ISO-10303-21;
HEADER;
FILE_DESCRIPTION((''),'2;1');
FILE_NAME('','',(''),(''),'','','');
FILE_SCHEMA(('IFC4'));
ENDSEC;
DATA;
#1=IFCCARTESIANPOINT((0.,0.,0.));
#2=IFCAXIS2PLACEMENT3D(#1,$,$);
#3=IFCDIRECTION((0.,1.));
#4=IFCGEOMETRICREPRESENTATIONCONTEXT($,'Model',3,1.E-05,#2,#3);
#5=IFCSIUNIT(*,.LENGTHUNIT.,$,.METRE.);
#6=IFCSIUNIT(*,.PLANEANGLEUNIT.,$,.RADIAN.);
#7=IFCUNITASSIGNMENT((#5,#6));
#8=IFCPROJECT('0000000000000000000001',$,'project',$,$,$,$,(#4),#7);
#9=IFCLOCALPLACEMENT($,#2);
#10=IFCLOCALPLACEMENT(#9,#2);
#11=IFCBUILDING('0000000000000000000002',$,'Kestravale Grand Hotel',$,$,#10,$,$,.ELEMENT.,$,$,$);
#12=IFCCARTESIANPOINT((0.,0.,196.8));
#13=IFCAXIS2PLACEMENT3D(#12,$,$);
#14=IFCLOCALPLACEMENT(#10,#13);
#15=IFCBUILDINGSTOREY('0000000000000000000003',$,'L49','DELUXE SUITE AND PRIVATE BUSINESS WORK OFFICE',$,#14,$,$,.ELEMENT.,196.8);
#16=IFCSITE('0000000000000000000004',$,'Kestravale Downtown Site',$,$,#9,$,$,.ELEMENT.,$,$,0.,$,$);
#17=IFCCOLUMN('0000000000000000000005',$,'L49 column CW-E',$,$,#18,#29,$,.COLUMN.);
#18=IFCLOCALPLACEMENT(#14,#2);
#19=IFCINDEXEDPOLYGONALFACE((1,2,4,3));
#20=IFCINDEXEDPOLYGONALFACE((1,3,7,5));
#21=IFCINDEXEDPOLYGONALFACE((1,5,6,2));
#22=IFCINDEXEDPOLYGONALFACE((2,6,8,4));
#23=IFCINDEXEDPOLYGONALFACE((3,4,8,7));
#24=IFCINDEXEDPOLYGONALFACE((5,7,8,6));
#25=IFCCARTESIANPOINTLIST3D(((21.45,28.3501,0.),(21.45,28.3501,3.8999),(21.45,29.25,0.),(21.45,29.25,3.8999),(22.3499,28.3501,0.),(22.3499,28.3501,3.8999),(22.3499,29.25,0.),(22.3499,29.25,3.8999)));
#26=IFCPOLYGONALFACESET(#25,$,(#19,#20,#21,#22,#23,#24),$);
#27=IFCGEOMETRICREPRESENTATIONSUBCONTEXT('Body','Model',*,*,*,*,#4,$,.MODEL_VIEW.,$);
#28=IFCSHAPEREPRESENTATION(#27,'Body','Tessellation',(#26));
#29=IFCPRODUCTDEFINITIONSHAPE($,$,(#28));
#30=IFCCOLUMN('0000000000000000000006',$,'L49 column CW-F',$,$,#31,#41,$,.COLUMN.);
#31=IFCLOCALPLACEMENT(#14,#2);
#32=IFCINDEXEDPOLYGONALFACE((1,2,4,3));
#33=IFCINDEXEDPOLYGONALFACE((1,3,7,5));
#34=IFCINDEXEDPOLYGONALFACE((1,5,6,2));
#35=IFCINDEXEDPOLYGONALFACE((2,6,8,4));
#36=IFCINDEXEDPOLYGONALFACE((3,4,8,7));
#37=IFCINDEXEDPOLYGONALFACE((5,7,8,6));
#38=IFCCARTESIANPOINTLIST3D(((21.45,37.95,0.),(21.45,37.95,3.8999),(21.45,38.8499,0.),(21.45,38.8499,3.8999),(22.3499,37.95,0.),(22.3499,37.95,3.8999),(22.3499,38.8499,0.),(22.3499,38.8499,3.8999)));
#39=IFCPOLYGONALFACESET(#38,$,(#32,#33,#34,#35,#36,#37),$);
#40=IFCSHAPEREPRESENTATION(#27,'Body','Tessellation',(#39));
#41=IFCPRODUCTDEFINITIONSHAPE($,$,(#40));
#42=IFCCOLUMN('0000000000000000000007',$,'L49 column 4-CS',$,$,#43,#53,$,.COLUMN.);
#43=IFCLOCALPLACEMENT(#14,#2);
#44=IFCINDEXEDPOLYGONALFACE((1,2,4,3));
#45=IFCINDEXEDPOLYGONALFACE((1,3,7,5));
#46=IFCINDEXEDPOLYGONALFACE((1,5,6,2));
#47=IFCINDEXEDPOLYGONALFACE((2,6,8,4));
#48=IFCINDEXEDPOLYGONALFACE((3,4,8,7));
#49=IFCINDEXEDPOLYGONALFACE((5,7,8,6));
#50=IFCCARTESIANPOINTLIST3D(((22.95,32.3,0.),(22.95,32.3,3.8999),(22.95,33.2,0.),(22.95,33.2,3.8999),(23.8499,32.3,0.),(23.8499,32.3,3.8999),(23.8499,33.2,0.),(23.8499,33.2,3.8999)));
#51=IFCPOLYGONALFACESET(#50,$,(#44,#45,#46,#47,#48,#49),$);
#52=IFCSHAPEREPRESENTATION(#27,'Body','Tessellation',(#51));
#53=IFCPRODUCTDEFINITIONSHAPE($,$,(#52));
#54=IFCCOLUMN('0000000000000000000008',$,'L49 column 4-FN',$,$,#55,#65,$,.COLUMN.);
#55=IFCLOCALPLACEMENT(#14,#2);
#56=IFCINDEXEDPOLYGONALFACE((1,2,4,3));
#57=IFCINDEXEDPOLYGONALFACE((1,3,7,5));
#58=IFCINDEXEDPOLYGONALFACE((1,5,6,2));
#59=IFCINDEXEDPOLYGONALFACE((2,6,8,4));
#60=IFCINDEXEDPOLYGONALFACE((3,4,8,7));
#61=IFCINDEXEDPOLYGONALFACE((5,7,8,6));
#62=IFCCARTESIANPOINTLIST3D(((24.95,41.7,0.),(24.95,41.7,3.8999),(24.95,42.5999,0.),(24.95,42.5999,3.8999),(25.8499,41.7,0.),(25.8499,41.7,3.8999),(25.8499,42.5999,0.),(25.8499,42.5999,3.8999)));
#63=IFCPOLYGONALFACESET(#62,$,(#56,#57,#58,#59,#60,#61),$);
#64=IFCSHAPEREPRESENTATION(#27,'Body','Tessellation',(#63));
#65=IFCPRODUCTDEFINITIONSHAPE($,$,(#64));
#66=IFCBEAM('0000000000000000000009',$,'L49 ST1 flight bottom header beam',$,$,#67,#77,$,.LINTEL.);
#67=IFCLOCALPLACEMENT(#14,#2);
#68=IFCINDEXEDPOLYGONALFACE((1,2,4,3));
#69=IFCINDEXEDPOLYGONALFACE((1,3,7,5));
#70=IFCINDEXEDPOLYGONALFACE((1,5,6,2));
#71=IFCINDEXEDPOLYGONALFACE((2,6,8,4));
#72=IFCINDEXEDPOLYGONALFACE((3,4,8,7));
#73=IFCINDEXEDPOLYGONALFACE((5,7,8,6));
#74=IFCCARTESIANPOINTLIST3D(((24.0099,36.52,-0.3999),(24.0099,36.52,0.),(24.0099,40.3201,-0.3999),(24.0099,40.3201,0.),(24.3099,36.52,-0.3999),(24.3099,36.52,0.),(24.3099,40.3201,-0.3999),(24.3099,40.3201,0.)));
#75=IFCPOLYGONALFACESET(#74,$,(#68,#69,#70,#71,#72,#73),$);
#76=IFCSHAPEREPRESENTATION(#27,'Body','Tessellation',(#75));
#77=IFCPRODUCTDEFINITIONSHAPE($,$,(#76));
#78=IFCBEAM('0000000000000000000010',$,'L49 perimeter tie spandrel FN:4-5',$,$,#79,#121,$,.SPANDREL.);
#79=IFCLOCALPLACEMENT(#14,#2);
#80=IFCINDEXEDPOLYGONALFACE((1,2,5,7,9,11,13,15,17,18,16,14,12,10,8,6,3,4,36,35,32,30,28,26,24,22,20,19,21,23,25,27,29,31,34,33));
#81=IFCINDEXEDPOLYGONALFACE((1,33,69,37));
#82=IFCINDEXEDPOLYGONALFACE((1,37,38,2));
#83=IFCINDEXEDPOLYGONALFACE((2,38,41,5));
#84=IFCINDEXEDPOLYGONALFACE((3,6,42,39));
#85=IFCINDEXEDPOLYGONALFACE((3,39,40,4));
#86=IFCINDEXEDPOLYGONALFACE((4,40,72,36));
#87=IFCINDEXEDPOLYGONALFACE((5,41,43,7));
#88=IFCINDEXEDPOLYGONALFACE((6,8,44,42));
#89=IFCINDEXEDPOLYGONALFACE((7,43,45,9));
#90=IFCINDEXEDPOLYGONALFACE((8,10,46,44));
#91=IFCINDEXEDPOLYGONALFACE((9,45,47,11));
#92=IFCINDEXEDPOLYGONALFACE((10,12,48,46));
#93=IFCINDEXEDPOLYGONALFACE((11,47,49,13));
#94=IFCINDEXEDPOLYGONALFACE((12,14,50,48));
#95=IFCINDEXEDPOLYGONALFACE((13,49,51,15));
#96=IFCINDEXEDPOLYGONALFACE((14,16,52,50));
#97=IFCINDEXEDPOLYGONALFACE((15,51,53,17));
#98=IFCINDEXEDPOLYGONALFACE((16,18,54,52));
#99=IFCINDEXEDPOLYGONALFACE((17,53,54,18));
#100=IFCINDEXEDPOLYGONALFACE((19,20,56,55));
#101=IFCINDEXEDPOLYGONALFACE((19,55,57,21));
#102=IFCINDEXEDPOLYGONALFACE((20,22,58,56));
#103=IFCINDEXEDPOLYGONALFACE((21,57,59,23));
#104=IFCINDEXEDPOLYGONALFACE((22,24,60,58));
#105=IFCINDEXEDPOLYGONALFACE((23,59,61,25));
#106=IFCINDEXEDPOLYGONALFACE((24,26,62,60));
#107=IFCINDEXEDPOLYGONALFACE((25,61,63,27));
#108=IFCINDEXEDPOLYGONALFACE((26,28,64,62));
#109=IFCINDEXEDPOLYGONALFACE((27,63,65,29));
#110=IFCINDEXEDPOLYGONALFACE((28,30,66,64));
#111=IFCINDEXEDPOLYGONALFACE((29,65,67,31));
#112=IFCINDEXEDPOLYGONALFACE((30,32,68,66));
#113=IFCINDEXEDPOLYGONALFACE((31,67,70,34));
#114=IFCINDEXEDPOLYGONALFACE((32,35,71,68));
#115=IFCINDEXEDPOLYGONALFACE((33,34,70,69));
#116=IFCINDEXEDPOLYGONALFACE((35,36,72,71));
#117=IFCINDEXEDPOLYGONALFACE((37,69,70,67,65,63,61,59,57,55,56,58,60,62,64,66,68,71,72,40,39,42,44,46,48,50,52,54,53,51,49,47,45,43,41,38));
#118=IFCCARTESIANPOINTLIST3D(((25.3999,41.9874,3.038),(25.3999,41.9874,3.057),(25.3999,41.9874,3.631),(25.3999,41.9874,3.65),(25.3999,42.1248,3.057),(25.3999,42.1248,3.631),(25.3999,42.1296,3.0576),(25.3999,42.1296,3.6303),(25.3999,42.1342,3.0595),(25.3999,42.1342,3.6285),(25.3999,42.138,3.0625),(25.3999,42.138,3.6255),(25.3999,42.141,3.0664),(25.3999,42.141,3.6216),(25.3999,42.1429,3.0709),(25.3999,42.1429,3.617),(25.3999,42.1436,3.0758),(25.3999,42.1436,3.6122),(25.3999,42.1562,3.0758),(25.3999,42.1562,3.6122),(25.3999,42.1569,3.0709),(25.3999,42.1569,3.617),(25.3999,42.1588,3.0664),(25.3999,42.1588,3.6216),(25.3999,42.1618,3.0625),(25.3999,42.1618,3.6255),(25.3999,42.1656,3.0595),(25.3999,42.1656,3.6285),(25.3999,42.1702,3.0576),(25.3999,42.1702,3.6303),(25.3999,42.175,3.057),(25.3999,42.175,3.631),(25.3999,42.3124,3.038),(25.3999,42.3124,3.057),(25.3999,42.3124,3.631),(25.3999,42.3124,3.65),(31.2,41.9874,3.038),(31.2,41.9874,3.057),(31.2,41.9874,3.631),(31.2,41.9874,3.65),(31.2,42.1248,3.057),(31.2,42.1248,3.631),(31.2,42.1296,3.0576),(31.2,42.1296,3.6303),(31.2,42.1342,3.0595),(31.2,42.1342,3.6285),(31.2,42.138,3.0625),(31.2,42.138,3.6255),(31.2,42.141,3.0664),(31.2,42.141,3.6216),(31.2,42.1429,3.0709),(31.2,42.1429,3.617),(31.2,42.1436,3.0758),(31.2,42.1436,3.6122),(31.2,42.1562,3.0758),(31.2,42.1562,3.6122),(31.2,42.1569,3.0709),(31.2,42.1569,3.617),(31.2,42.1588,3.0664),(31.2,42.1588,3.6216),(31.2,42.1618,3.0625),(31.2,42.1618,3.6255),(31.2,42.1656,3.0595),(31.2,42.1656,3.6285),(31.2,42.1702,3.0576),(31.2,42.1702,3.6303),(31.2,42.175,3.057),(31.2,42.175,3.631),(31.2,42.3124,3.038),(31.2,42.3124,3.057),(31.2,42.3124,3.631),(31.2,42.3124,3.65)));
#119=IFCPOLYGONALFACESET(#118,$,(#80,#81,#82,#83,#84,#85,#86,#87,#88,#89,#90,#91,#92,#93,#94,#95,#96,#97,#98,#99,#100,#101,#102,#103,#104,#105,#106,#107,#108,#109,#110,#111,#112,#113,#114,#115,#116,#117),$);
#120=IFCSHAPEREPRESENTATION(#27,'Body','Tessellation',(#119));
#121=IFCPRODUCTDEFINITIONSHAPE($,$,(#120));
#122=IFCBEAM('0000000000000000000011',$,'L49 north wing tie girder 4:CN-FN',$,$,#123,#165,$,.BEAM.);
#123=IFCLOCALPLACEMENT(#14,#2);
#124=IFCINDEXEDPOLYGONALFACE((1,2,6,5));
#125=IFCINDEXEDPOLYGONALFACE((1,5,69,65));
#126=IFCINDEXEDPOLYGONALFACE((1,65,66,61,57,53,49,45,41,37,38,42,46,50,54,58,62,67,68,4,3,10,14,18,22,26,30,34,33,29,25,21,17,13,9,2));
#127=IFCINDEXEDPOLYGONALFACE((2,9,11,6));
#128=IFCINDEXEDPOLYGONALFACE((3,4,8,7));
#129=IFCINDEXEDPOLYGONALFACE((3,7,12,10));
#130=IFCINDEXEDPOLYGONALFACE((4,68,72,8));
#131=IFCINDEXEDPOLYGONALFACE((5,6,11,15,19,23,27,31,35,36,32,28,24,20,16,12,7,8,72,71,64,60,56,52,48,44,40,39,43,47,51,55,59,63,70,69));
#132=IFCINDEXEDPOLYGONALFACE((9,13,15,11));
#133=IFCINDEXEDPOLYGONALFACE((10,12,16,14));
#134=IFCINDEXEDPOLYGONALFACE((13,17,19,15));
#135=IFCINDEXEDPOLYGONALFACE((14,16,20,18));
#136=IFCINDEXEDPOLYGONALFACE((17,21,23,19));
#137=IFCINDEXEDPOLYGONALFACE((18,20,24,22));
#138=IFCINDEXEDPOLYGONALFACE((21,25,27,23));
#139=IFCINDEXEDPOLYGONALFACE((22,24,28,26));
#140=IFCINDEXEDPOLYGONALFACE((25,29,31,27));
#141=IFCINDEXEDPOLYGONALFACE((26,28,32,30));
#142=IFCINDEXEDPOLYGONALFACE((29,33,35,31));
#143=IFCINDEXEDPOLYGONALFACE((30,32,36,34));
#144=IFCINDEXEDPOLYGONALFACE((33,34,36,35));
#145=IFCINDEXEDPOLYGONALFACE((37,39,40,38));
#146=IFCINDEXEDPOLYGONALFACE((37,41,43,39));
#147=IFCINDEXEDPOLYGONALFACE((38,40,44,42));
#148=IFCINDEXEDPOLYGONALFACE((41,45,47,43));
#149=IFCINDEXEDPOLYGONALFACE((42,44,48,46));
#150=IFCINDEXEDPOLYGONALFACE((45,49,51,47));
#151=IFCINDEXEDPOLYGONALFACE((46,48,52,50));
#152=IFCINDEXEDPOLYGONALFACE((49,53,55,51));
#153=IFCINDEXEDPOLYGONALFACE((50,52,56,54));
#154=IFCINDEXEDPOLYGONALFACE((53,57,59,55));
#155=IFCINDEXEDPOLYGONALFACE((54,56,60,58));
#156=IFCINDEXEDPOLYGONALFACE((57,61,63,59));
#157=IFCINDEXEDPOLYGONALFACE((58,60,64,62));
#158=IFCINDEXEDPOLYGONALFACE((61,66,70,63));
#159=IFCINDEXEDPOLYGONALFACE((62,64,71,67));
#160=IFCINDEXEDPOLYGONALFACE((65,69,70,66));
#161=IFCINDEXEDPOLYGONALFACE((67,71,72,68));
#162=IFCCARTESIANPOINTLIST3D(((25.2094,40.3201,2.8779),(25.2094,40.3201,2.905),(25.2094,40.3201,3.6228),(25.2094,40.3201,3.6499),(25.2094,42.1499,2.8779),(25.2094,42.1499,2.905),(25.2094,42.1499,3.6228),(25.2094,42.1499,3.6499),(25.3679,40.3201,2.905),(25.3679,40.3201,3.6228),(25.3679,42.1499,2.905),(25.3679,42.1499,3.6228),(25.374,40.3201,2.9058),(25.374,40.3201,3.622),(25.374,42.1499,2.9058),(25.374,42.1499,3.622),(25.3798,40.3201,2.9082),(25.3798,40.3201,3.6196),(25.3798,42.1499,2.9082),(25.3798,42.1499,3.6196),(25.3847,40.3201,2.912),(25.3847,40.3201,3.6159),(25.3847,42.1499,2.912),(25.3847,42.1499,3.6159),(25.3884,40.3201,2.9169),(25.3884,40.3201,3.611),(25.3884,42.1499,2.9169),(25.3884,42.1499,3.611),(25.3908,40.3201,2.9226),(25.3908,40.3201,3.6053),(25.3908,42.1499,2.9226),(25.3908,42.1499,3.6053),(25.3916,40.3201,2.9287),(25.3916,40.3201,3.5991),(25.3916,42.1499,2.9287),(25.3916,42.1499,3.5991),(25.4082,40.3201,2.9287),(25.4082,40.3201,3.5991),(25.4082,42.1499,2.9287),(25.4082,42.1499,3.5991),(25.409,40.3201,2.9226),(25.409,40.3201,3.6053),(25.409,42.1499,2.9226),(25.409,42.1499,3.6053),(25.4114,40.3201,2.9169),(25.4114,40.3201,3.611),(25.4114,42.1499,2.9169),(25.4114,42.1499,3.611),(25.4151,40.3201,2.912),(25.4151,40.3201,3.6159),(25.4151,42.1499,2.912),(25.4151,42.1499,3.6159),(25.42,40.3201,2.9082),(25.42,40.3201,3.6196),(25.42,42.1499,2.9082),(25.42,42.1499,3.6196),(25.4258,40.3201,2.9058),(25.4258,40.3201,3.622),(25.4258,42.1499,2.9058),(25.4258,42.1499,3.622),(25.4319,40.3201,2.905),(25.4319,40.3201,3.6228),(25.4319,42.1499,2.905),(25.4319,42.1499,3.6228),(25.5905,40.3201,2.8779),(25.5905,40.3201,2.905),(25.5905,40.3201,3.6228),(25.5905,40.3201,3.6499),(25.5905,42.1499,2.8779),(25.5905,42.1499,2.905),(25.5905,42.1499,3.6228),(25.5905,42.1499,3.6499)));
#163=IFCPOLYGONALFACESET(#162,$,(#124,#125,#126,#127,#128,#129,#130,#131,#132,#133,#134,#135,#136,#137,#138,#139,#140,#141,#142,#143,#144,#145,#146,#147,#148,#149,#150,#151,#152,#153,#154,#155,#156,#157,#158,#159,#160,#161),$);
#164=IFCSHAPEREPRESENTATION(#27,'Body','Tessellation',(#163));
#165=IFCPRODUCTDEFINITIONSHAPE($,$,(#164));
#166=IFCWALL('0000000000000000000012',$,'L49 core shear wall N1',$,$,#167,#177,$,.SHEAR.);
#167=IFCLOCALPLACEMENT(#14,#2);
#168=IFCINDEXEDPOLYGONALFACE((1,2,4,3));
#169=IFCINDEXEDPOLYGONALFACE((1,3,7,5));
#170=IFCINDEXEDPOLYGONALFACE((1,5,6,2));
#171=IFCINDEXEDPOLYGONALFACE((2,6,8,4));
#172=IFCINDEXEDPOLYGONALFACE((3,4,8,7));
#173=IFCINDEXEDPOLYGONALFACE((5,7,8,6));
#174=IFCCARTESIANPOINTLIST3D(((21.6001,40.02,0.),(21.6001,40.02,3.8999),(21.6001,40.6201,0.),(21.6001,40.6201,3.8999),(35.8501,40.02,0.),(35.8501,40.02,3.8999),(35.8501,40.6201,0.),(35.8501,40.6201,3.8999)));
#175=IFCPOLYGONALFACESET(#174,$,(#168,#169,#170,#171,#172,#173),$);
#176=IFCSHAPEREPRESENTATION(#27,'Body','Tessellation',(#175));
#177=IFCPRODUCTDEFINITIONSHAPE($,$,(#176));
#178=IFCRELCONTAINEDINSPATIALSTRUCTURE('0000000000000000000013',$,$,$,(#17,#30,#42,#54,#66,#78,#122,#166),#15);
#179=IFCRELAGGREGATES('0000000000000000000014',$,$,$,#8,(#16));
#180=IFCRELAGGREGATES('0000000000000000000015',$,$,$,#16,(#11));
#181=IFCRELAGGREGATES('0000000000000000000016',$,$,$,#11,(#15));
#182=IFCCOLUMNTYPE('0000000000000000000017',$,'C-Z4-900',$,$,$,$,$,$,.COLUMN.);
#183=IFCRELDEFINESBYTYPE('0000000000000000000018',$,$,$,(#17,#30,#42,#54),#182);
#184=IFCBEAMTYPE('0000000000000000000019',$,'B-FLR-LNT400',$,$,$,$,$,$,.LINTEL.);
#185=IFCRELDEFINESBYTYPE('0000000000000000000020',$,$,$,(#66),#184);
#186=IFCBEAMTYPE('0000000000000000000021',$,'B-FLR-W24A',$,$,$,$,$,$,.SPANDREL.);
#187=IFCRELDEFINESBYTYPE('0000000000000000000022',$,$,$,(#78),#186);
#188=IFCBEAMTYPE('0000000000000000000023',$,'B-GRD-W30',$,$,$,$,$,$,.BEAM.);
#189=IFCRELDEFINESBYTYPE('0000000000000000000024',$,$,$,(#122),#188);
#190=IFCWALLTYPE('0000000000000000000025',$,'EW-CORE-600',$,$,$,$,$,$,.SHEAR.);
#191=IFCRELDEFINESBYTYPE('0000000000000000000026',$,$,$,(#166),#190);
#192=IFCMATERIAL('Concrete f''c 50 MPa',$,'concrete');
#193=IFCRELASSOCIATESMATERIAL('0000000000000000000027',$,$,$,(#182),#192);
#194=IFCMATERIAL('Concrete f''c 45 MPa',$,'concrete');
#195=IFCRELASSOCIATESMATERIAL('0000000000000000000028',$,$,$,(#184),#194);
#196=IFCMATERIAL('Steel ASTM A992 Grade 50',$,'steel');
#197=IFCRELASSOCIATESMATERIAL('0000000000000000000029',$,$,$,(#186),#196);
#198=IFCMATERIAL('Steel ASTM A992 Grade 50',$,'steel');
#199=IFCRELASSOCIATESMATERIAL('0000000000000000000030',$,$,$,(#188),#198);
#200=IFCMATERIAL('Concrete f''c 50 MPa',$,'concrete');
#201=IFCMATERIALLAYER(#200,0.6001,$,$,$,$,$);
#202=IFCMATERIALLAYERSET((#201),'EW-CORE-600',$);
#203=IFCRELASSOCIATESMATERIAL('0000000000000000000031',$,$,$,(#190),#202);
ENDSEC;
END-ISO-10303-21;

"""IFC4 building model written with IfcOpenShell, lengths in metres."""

from ifc_helpers import new_model, si_unit, direction, frame, frame_2d, origin, origin_2d, place, context, subcontext, project, spatial, rectangle, i_section, extrude, material, layer, layer_set, material_profile, profile_set, type_object, element, save


model = new_model("IFC4")

# Units and contexts
model_context = context("Model", 3, precision=1e-05, world=origin(), true_north=direction((0.0, 1.0)))
body_context = subcontext(model_context, "Body", "Model", "MODEL_VIEW")
ifc_project = project(units=[si_unit("LENGTHUNIT", "METRE"), si_unit("PLANEANGLEUNIT", "RADIAN")], contexts=[model_context])

# Site, building, storey
site_placement = place(None, origin())
site = spatial("IfcSite", under=ifc_project, at=site_placement, Name="Kestravale Downtown Site", CompositionType="ELEMENT", RefElevation=0.0)
building_placement = place(site_placement, origin())
building = spatial("IfcBuilding", under=site, at=building_placement, Name="Kestravale Grand Hotel", CompositionType="ELEMENT")
storey_placement = place(building_placement, frame((0.0, 0.0, 196.8)))
storey = spatial("IfcBuildingStorey", under=building, at=storey_placement, Name="L49", Description="DELUXE SUITE AND PRIVATE BUSINESS WORK OFFICE", CompositionType="ELEMENT", Elevation=196.8)

# Columns
ifc_material_1 = material(Name="Concrete f'c 50 MPa", Category="concrete")
ifc_material_profile_1 = material_profile(ifc_material_1, rectangle(XDim=0.8999, YDim=0.8999, at=origin_2d()))
ifc_profile_set_1 = profile_set([ifc_material_profile_1], Name="Concrete f'c 50 MPa")
column_type = type_object("IfcColumnType", Name="C-Z4-900", PredefinedType="COLUMN", material=ifc_profile_set_1)
for number, where, z_axis, x_axis, name in (
    (1, (21.8999, 28.8, 0.0), (0.0, 0.0, 1.0), (1.0, 0.0, 0.0), "L49 column CW-E"),
    (2, (21.8999, 38.3999, 0.0), (0.0, 0.0, 1.0), (1.0, 0.0, 0.0), "L49 column CW-F"),
    (3, (23.3999, 32.75, 0.0), (0.0, 0.0, 1.0), (1.0, 0.0, 0.0), "L49 column 4-CS"),
    (4, (25.3999, 42.1499, 0.0), (0.0, 0.0, 1.0), (1.0, 0.0, 0.0), "L49 column 4-FN"),
):
    element("IfcColumn", number, at=place(storey_placement, frame(where, z_axis=z_axis, x_axis=x_axis)), inside=storey, type_object=column_type, Name=name, PredefinedType="COLUMN", context=body_context, shape_type="SweptSolid", body=[
        extrude(rectangle(XDim=0.8999, YDim=0.8999, at=origin_2d()), origin(), (0.0, 0.0, 1.0), 3.8999),
    ])

# Beams
ifc_material_2 = material(Name="Concrete f'c 45 MPa", Category="concrete")
ifc_material_profile_2 = material_profile(ifc_material_2, rectangle(XDim=0.3, YDim=0.3999, at=origin_2d()))
ifc_profile_set_2 = profile_set([ifc_material_profile_2], Name="Concrete f'c 45 MPa")
beam_type_1 = type_object("IfcBeamType", Name="B-FLR-LNT400", PredefinedType="LINTEL", material=ifc_profile_set_2)
beam_1_placement = place(storey_placement, frame((24.1599, 36.52, -0.2), z_axis=(0.0, 1.0, 0.0), x_axis=(-1.0, 0.0, 0.0)))
element("IfcBeam", 5, at=beam_1_placement, inside=storey, type_object=beam_type_1, Name="L49 ST1 flight bottom header beam", PredefinedType="LINTEL", context=body_context, shape_type="SweptSolid", body=[
    extrude(rectangle(XDim=0.3, YDim=0.3999, at=origin_2d()), origin(), (0.0, 0.0, 1.0), 3.8),
])
ifc_material_3 = material(Name="Steel ASTM A992 Grade 50", Category="steel")
ifc_material_profile_3 = material_profile(ifc_material_3, i_section(OverallWidth=0.325, OverallDepth=0.6121, WebThickness=0.0127, FlangeThickness=0.019, FilletRadius=0.0188, at=origin_2d()))
ifc_profile_set_3 = profile_set([ifc_material_profile_3], Name="Steel ASTM A992 Grade 50")
beam_type_2 = type_object("IfcBeamType", Name="B-FLR-W24A", PredefinedType="SPANDREL", material=ifc_profile_set_3)
beam_2_placement = place(storey_placement, frame((25.3999, 42.1499, 3.344), z_axis=(1.0, 0.0, 0.0), x_axis=(0.0, 1.0, 0.0)))
element("IfcBeam", 6, at=beam_2_placement, inside=storey, type_object=beam_type_2, Name="L49 perimeter tie spandrel FN:4-5", PredefinedType="SPANDREL", context=body_context, shape_type="SweptSolid", body=[
    extrude(i_section(OverallWidth=0.325, OverallDepth=0.6121, WebThickness=0.0127, FlangeThickness=0.019, FilletRadius=0.0188, at=origin_2d()), origin(), (0.0, 0.0, 1.0), 5.8),
])
ifc_material_4 = material(Name="Steel ASTM A992 Grade 50", Category="steel")
ifc_material_profile_4 = material_profile(ifc_material_4, i_section(OverallWidth=0.3811, OverallDepth=0.772, WebThickness=0.0166, FlangeThickness=0.0271, FilletRadius=0.0237, at=origin_2d()))
ifc_profile_set_4 = profile_set([ifc_material_profile_4], Name="Steel ASTM A992 Grade 50")
beam_type_3 = type_object("IfcBeamType", Name="B-GRD-W30", PredefinedType="BEAM", material=ifc_profile_set_4)
beam_3_placement = place(storey_placement, frame((25.3999, 40.3201, 3.2639), z_axis=(0.0, 1.0, 0.0), x_axis=(-1.0, 0.0, 0.0)))
element("IfcBeam", 7, at=beam_3_placement, inside=storey, type_object=beam_type_3, Name="L49 north wing tie girder 4:CN-FN", PredefinedType="BEAM", context=body_context, shape_type="SweptSolid", body=[
    extrude(i_section(OverallWidth=0.3811, OverallDepth=0.772, WebThickness=0.0166, FlangeThickness=0.0271, FilletRadius=0.0237, at=origin_2d()), origin(), (0.0, 0.0, 1.0), 1.8298),
])

# Wall
ifc_material_5 = material(Name="Concrete f'c 50 MPa", Category="concrete")
ifc_layer_1 = layer(ifc_material_5, 0.6001)
ifc_layer_set_1 = layer_set([ifc_layer_1], Name="EW-CORE-600")
wall_type_1 = type_object("IfcWallType", Name="EW-CORE-600", PredefinedType="SHEAR", material=ifc_layer_set_1)
wall_1_placement = place(storey_placement, frame((21.6001, 40.3201, 0.0), z_axis=(0.0, 0.0, 1.0), x_axis=(1.0, 0.0, 0.0)))
element("IfcWall", 8, at=wall_1_placement, inside=storey, type_object=wall_type_1, Name="L49 core shear wall N1", PredefinedType="SHEAR", context=body_context, shape_type="SweptSolid", body=[
    extrude(rectangle(XDim=14.25, YDim=0.6001, at=frame_2d((7.125, 0.0))), origin(), (0.0, 0.0, 1.0), 3.8999),
])

save(model, "model.ifc")
